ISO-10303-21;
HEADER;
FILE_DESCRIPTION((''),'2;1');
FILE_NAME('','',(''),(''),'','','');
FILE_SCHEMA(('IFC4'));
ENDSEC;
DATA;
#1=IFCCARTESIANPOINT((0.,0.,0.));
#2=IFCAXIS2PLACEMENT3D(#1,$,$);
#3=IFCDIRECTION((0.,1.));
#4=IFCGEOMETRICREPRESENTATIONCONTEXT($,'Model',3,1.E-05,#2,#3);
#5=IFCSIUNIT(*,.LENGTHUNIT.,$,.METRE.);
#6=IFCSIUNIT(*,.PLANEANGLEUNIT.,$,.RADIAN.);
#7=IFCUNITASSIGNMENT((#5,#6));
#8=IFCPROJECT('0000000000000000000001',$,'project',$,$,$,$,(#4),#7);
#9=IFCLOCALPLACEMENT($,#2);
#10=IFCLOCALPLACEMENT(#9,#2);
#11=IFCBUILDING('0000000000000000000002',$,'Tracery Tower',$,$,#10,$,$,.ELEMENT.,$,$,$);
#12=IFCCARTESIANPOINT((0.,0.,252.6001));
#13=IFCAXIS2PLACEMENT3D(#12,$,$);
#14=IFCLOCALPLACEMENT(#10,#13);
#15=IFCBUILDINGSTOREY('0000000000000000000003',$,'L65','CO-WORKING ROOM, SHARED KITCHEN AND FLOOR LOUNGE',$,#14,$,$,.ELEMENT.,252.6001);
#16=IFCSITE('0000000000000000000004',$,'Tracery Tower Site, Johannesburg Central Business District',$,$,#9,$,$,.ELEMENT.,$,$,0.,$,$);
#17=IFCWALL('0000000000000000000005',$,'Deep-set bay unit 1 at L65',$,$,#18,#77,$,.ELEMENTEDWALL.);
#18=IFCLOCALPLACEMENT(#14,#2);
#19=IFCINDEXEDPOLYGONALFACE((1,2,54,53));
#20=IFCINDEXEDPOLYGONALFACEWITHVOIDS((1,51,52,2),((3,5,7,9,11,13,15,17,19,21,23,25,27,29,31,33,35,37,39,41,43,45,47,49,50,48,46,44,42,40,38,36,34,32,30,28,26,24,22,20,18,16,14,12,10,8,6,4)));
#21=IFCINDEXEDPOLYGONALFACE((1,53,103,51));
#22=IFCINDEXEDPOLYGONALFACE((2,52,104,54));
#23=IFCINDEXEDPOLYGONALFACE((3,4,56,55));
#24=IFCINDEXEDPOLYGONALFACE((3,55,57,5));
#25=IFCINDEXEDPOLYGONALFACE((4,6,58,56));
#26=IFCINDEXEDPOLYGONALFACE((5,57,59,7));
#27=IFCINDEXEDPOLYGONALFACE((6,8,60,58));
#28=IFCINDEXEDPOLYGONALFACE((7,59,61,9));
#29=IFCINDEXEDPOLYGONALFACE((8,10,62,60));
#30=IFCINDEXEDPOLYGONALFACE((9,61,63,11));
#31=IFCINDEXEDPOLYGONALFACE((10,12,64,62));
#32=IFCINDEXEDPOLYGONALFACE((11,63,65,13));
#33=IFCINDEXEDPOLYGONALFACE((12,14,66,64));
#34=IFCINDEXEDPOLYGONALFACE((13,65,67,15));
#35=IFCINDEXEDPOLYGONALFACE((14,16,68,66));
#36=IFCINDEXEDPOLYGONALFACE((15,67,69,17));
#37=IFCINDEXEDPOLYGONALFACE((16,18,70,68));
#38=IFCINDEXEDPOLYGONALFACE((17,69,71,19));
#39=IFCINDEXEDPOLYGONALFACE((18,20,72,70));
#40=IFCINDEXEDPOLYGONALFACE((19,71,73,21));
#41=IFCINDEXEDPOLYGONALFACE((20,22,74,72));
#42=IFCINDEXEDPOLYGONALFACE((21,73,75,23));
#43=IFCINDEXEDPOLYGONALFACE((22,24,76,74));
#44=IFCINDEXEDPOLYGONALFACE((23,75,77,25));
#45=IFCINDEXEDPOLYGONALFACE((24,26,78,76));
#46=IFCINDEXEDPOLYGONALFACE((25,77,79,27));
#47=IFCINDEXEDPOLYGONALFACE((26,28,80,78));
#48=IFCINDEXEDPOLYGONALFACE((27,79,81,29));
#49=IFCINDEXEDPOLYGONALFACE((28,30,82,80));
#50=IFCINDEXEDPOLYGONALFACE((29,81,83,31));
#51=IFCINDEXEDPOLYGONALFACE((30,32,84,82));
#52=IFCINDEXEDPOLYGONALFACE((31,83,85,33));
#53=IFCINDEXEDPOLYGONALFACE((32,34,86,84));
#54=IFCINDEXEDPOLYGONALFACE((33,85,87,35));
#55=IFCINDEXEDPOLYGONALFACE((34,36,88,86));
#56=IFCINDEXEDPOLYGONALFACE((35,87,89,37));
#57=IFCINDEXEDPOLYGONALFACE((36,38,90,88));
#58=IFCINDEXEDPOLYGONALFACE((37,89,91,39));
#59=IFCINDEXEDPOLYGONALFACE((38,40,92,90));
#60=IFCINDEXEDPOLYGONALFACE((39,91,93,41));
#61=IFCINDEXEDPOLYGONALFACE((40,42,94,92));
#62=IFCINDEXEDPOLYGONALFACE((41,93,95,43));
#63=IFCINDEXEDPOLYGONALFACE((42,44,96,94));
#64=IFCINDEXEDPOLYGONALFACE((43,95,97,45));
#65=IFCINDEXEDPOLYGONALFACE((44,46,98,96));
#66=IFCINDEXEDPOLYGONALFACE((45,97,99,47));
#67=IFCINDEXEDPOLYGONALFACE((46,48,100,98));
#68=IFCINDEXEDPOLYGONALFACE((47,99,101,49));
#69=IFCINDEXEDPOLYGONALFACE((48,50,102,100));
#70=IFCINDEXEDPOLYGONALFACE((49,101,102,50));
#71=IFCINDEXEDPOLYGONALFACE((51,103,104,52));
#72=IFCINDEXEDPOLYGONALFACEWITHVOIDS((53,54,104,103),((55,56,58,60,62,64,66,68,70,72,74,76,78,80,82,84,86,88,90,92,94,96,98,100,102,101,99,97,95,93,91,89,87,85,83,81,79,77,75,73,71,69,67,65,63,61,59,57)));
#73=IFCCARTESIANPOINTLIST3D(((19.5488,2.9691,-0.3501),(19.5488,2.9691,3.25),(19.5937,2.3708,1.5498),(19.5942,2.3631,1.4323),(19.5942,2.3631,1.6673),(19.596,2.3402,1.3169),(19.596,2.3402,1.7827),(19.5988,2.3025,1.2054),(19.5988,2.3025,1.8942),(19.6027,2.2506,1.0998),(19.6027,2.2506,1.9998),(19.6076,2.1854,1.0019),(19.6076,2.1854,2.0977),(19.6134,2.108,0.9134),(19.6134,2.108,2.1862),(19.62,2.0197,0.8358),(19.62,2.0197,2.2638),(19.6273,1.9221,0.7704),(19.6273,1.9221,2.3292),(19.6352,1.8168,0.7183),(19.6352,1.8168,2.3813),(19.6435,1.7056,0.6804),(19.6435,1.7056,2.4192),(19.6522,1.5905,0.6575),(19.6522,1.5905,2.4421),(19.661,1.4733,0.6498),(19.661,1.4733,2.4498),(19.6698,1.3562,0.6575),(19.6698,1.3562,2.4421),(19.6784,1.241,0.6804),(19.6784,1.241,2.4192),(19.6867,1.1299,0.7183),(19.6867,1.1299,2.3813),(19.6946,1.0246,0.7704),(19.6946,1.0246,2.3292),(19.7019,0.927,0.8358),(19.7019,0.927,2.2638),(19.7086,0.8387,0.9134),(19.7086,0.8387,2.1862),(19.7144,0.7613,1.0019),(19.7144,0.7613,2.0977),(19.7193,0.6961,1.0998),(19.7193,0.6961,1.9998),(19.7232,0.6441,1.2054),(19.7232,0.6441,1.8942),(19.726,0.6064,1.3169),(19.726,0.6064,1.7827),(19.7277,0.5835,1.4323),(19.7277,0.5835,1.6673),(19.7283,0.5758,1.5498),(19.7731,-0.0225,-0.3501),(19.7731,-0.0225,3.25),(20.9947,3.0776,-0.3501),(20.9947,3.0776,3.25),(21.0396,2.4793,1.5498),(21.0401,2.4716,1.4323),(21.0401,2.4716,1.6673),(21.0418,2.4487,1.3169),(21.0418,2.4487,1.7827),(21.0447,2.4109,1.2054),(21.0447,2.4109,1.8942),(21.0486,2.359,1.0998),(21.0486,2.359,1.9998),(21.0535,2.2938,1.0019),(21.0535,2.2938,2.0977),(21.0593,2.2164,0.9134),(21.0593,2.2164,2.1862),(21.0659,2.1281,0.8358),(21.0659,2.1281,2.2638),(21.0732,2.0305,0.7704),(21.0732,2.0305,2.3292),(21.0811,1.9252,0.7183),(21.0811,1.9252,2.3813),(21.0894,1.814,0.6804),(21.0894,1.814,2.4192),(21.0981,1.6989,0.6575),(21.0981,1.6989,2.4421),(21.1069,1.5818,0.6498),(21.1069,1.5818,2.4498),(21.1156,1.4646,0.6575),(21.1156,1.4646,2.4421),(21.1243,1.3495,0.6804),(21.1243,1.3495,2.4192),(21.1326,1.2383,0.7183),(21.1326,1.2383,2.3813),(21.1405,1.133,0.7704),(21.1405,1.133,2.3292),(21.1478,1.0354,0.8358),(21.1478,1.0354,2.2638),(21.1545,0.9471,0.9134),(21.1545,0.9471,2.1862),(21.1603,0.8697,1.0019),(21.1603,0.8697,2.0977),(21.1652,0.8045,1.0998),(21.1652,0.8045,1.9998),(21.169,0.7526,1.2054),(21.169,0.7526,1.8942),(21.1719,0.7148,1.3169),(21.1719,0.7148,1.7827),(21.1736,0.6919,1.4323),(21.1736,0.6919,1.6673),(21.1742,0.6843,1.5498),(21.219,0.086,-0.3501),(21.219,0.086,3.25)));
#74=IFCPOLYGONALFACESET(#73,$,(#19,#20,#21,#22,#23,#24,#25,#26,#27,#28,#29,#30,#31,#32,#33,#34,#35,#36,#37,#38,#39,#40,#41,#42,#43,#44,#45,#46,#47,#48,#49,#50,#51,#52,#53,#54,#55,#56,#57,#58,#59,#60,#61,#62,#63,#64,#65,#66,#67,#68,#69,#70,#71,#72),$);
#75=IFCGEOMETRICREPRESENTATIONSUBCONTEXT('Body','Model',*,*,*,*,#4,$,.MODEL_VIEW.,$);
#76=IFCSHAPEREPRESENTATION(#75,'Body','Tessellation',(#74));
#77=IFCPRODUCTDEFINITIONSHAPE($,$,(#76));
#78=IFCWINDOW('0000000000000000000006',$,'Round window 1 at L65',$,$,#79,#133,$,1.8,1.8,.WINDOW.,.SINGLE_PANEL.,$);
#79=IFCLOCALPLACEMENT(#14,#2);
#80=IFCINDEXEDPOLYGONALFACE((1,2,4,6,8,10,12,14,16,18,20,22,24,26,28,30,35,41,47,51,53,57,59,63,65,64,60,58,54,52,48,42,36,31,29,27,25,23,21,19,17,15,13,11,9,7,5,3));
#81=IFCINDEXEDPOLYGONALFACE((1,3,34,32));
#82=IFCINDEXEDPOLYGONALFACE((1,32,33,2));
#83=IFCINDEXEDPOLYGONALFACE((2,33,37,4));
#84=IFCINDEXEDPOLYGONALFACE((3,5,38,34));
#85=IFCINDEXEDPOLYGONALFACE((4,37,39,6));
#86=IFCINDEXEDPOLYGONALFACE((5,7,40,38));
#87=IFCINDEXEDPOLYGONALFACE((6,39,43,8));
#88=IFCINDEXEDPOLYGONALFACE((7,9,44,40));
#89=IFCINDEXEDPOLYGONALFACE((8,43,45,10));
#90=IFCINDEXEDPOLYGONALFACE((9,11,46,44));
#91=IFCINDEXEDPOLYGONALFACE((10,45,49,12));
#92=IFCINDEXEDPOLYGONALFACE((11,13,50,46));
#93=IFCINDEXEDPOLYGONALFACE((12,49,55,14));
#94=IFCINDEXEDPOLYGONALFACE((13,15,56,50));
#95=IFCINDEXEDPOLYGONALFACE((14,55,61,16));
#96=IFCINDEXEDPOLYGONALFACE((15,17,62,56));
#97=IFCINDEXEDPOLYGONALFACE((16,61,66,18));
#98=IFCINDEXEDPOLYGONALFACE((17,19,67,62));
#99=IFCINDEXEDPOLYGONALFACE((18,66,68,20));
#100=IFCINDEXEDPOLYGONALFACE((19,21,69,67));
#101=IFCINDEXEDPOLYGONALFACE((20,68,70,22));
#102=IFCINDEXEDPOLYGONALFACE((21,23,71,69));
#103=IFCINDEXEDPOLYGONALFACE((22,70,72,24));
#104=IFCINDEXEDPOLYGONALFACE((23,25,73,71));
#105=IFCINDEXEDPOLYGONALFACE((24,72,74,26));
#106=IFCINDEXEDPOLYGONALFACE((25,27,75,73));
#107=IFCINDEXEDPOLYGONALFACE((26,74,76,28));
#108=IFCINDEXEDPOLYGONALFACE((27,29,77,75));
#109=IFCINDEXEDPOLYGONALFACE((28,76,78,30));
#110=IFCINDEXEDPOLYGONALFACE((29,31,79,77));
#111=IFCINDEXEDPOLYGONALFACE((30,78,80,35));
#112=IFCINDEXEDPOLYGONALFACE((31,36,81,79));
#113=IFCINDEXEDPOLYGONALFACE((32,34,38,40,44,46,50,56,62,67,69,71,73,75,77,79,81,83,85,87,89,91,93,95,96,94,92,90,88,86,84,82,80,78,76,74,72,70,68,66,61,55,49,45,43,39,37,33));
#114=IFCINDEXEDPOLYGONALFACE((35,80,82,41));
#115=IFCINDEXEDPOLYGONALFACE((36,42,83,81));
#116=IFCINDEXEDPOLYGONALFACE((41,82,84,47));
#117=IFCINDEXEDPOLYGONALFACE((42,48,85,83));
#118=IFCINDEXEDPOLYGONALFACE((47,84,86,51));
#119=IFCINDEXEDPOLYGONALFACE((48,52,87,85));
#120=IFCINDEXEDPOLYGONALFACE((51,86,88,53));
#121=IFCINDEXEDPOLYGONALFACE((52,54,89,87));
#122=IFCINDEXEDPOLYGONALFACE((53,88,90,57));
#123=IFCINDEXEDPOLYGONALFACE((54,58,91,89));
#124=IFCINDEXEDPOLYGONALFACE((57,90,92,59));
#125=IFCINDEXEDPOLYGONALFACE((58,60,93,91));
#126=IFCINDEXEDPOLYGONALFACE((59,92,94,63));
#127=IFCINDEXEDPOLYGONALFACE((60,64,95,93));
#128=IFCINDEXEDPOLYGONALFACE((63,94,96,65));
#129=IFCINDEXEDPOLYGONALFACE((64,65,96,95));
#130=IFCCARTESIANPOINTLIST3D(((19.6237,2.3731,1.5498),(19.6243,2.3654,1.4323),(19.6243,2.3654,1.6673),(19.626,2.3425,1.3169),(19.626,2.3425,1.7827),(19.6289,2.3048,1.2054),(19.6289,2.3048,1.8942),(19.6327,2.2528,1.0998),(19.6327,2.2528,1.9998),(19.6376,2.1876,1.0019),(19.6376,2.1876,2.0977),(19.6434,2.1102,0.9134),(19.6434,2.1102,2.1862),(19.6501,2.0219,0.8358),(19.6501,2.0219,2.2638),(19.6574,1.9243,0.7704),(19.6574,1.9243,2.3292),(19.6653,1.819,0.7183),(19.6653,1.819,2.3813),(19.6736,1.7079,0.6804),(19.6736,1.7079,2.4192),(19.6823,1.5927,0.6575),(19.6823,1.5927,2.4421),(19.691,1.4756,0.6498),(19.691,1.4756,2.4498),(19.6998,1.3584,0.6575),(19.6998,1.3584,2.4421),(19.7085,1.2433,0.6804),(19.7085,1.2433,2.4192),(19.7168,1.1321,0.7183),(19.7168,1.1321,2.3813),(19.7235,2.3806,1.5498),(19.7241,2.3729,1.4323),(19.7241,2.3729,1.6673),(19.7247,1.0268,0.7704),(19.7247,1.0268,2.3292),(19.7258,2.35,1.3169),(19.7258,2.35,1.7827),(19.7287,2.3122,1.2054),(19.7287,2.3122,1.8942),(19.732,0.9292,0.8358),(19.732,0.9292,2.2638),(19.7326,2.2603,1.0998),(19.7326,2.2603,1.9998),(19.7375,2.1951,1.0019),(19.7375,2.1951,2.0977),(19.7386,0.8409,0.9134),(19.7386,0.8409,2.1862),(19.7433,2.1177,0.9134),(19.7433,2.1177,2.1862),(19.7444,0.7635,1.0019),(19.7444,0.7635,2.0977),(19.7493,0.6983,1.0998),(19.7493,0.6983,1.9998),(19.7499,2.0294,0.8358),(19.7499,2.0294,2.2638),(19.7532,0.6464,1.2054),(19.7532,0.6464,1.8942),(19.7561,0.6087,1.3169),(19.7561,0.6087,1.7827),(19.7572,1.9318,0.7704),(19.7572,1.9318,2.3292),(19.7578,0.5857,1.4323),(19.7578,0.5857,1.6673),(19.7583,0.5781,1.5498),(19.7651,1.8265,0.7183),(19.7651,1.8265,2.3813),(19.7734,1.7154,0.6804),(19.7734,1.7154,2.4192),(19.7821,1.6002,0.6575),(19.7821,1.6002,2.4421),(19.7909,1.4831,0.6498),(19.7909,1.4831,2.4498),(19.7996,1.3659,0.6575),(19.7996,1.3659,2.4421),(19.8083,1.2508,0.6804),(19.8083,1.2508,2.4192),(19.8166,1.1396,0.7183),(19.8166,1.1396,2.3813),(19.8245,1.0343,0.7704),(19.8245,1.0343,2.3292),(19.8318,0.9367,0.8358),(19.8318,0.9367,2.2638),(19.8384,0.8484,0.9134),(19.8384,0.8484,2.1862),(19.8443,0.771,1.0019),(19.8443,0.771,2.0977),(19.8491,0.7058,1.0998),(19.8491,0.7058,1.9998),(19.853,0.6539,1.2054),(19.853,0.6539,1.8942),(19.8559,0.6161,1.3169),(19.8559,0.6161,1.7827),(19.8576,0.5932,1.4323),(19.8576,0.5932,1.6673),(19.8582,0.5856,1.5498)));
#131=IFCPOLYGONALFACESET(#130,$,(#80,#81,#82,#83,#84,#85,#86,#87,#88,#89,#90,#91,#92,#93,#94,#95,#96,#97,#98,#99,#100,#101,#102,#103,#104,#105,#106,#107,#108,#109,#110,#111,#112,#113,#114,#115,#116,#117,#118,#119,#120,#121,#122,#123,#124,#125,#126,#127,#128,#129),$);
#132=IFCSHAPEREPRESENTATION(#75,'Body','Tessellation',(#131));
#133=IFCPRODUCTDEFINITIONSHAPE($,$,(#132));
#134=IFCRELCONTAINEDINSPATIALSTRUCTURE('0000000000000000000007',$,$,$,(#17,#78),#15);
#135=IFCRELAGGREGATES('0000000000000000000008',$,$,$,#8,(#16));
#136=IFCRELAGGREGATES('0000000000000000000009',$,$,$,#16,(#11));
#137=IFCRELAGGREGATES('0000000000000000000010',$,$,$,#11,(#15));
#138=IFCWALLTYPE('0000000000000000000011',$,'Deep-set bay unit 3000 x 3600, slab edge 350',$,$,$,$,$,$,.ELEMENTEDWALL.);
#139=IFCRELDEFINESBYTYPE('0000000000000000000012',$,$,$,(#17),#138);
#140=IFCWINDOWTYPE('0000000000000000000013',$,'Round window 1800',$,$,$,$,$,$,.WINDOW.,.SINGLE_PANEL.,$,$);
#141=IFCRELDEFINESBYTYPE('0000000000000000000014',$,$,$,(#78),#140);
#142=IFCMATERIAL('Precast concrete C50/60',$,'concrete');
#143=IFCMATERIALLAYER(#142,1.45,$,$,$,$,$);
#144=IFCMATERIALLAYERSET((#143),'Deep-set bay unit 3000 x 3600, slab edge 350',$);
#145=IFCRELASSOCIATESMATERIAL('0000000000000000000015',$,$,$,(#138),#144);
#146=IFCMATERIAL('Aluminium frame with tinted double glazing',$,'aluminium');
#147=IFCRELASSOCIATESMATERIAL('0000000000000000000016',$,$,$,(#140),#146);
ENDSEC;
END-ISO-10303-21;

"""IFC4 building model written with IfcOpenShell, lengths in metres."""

from ifc_helpers import new_model, si_unit, direction, frame, frame_2d, origin, origin_2d, place, context, subcontext, project, spatial, rectangle, circle, extrude, material, layer, layer_set, type_object, element, fill, save


model = new_model("IFC4")

# Units and contexts
model_context = context("Model", 3, precision=1e-05, world=origin(), true_north=direction((0.0, 1.0)))
body_context = subcontext(model_context, "Body", "Model", "MODEL_VIEW")
ifc_project = project(units=[si_unit("LENGTHUNIT", "METRE"), si_unit("PLANEANGLEUNIT", "RADIAN")], contexts=[model_context])

# Site, building, storey
site_placement = place(None, origin())
site = spatial("IfcSite", under=ifc_project, at=site_placement, Name="Tracery Tower Site, Johannesburg Central Business District", CompositionType="ELEMENT", RefElevation=0.0)
building_placement = place(site_placement, origin())
building = spatial("IfcBuilding", under=site, at=building_placement, Name="Tracery Tower", CompositionType="ELEMENT")
storey_placement = place(building_placement, frame((0.0, 0.0, 252.6001)))
storey = spatial("IfcBuildingStorey", under=building, at=storey_placement, Name="L65", Description="CO-WORKING ROOM, SHARED KITCHEN AND FLOOR LOUNGE", CompositionType="ELEMENT", Elevation=252.6001)

# Wall, opening, window
ifc_material_1 = material(Name="Precast concrete C50/60", Category="concrete")
ifc_layer_1 = layer(ifc_material_1, 1.45)
ifc_layer_set_1 = layer_set([ifc_layer_1], Name="Deep-set bay unit 3000 x 3600, slab edge 350")
wall_type_1 = type_object("IfcWallType", Name="Deep-set bay unit 3000 x 3600, slab edge 350", PredefinedType="ELEMENTEDWALL", material=ifc_layer_set_1)
wall_1_placement = place(storey_placement, frame((20.4961, 0.0317, -0.3501), z_axis=(0.0, 0.0, 1.0), x_axis=(-0.074786, 0.9972, 0.0)))
wall_1 = element("IfcWall", 1, at=wall_1_placement, inside=storey, type_object=wall_type_1, Name="Deep-set bay unit 1 at L65", PredefinedType="ELEMENTEDWALL", context=body_context, shape_type="SweptSolid", body=[
    extrude(rectangle(XDim=3.0, YDim=1.45, at=frame_2d((1.5, 0.0))), origin(), (0.0, 0.0, 1.0), 3.6001),
])
opening_1_placement = place(wall_1_placement, frame((1.5, 0.0, 1.8999)))
opening_1 = element("IfcOpeningElement", 2, at=opening_1_placement, cuts=wall_1, PredefinedType="OPENING", context=body_context, shape_type="SweptSolid", body=[
    extrude(circle(Radius=0.9, at=origin_2d()), frame((0.0, 0.7349, 0.0), z_axis=(0.0, -1.0, 0.0), x_axis=(1.0, 0.0, 0.0)), (0.0, 0.0, 1.0), 1.47),
])
ifc_material_2 = material(Name="Aluminium frame with tinted double glazing", Category="aluminium")
window_type = type_object("IfcWindowType", Name="Round window 1800", PartitioningType="SINGLE_PANEL", PredefinedType="WINDOW", material=ifc_material_2)
window_1_placement = place(opening_1_placement, origin())
window_1 = element("IfcWindow", 3, at=window_1_placement, inside=storey, type_object=window_type, Name="Round window 1 at L65", OverallHeight=1.8, OverallWidth=1.8, PartitioningType="SINGLE_PANEL", PredefinedType="WINDOW", context=body_context, shape_type="SweptSolid", body=[
    extrude(circle(Radius=0.9, at=origin_2d()), frame((0.0, 0.6948, 0.0), z_axis=(0.0, -1.0, 0.0), x_axis=(1.0, 0.0, 0.0)), (0.0, 0.0, 1.0), 0.1001),
])
fill(opening_1, window_1)

save(model, "model.ifc")
